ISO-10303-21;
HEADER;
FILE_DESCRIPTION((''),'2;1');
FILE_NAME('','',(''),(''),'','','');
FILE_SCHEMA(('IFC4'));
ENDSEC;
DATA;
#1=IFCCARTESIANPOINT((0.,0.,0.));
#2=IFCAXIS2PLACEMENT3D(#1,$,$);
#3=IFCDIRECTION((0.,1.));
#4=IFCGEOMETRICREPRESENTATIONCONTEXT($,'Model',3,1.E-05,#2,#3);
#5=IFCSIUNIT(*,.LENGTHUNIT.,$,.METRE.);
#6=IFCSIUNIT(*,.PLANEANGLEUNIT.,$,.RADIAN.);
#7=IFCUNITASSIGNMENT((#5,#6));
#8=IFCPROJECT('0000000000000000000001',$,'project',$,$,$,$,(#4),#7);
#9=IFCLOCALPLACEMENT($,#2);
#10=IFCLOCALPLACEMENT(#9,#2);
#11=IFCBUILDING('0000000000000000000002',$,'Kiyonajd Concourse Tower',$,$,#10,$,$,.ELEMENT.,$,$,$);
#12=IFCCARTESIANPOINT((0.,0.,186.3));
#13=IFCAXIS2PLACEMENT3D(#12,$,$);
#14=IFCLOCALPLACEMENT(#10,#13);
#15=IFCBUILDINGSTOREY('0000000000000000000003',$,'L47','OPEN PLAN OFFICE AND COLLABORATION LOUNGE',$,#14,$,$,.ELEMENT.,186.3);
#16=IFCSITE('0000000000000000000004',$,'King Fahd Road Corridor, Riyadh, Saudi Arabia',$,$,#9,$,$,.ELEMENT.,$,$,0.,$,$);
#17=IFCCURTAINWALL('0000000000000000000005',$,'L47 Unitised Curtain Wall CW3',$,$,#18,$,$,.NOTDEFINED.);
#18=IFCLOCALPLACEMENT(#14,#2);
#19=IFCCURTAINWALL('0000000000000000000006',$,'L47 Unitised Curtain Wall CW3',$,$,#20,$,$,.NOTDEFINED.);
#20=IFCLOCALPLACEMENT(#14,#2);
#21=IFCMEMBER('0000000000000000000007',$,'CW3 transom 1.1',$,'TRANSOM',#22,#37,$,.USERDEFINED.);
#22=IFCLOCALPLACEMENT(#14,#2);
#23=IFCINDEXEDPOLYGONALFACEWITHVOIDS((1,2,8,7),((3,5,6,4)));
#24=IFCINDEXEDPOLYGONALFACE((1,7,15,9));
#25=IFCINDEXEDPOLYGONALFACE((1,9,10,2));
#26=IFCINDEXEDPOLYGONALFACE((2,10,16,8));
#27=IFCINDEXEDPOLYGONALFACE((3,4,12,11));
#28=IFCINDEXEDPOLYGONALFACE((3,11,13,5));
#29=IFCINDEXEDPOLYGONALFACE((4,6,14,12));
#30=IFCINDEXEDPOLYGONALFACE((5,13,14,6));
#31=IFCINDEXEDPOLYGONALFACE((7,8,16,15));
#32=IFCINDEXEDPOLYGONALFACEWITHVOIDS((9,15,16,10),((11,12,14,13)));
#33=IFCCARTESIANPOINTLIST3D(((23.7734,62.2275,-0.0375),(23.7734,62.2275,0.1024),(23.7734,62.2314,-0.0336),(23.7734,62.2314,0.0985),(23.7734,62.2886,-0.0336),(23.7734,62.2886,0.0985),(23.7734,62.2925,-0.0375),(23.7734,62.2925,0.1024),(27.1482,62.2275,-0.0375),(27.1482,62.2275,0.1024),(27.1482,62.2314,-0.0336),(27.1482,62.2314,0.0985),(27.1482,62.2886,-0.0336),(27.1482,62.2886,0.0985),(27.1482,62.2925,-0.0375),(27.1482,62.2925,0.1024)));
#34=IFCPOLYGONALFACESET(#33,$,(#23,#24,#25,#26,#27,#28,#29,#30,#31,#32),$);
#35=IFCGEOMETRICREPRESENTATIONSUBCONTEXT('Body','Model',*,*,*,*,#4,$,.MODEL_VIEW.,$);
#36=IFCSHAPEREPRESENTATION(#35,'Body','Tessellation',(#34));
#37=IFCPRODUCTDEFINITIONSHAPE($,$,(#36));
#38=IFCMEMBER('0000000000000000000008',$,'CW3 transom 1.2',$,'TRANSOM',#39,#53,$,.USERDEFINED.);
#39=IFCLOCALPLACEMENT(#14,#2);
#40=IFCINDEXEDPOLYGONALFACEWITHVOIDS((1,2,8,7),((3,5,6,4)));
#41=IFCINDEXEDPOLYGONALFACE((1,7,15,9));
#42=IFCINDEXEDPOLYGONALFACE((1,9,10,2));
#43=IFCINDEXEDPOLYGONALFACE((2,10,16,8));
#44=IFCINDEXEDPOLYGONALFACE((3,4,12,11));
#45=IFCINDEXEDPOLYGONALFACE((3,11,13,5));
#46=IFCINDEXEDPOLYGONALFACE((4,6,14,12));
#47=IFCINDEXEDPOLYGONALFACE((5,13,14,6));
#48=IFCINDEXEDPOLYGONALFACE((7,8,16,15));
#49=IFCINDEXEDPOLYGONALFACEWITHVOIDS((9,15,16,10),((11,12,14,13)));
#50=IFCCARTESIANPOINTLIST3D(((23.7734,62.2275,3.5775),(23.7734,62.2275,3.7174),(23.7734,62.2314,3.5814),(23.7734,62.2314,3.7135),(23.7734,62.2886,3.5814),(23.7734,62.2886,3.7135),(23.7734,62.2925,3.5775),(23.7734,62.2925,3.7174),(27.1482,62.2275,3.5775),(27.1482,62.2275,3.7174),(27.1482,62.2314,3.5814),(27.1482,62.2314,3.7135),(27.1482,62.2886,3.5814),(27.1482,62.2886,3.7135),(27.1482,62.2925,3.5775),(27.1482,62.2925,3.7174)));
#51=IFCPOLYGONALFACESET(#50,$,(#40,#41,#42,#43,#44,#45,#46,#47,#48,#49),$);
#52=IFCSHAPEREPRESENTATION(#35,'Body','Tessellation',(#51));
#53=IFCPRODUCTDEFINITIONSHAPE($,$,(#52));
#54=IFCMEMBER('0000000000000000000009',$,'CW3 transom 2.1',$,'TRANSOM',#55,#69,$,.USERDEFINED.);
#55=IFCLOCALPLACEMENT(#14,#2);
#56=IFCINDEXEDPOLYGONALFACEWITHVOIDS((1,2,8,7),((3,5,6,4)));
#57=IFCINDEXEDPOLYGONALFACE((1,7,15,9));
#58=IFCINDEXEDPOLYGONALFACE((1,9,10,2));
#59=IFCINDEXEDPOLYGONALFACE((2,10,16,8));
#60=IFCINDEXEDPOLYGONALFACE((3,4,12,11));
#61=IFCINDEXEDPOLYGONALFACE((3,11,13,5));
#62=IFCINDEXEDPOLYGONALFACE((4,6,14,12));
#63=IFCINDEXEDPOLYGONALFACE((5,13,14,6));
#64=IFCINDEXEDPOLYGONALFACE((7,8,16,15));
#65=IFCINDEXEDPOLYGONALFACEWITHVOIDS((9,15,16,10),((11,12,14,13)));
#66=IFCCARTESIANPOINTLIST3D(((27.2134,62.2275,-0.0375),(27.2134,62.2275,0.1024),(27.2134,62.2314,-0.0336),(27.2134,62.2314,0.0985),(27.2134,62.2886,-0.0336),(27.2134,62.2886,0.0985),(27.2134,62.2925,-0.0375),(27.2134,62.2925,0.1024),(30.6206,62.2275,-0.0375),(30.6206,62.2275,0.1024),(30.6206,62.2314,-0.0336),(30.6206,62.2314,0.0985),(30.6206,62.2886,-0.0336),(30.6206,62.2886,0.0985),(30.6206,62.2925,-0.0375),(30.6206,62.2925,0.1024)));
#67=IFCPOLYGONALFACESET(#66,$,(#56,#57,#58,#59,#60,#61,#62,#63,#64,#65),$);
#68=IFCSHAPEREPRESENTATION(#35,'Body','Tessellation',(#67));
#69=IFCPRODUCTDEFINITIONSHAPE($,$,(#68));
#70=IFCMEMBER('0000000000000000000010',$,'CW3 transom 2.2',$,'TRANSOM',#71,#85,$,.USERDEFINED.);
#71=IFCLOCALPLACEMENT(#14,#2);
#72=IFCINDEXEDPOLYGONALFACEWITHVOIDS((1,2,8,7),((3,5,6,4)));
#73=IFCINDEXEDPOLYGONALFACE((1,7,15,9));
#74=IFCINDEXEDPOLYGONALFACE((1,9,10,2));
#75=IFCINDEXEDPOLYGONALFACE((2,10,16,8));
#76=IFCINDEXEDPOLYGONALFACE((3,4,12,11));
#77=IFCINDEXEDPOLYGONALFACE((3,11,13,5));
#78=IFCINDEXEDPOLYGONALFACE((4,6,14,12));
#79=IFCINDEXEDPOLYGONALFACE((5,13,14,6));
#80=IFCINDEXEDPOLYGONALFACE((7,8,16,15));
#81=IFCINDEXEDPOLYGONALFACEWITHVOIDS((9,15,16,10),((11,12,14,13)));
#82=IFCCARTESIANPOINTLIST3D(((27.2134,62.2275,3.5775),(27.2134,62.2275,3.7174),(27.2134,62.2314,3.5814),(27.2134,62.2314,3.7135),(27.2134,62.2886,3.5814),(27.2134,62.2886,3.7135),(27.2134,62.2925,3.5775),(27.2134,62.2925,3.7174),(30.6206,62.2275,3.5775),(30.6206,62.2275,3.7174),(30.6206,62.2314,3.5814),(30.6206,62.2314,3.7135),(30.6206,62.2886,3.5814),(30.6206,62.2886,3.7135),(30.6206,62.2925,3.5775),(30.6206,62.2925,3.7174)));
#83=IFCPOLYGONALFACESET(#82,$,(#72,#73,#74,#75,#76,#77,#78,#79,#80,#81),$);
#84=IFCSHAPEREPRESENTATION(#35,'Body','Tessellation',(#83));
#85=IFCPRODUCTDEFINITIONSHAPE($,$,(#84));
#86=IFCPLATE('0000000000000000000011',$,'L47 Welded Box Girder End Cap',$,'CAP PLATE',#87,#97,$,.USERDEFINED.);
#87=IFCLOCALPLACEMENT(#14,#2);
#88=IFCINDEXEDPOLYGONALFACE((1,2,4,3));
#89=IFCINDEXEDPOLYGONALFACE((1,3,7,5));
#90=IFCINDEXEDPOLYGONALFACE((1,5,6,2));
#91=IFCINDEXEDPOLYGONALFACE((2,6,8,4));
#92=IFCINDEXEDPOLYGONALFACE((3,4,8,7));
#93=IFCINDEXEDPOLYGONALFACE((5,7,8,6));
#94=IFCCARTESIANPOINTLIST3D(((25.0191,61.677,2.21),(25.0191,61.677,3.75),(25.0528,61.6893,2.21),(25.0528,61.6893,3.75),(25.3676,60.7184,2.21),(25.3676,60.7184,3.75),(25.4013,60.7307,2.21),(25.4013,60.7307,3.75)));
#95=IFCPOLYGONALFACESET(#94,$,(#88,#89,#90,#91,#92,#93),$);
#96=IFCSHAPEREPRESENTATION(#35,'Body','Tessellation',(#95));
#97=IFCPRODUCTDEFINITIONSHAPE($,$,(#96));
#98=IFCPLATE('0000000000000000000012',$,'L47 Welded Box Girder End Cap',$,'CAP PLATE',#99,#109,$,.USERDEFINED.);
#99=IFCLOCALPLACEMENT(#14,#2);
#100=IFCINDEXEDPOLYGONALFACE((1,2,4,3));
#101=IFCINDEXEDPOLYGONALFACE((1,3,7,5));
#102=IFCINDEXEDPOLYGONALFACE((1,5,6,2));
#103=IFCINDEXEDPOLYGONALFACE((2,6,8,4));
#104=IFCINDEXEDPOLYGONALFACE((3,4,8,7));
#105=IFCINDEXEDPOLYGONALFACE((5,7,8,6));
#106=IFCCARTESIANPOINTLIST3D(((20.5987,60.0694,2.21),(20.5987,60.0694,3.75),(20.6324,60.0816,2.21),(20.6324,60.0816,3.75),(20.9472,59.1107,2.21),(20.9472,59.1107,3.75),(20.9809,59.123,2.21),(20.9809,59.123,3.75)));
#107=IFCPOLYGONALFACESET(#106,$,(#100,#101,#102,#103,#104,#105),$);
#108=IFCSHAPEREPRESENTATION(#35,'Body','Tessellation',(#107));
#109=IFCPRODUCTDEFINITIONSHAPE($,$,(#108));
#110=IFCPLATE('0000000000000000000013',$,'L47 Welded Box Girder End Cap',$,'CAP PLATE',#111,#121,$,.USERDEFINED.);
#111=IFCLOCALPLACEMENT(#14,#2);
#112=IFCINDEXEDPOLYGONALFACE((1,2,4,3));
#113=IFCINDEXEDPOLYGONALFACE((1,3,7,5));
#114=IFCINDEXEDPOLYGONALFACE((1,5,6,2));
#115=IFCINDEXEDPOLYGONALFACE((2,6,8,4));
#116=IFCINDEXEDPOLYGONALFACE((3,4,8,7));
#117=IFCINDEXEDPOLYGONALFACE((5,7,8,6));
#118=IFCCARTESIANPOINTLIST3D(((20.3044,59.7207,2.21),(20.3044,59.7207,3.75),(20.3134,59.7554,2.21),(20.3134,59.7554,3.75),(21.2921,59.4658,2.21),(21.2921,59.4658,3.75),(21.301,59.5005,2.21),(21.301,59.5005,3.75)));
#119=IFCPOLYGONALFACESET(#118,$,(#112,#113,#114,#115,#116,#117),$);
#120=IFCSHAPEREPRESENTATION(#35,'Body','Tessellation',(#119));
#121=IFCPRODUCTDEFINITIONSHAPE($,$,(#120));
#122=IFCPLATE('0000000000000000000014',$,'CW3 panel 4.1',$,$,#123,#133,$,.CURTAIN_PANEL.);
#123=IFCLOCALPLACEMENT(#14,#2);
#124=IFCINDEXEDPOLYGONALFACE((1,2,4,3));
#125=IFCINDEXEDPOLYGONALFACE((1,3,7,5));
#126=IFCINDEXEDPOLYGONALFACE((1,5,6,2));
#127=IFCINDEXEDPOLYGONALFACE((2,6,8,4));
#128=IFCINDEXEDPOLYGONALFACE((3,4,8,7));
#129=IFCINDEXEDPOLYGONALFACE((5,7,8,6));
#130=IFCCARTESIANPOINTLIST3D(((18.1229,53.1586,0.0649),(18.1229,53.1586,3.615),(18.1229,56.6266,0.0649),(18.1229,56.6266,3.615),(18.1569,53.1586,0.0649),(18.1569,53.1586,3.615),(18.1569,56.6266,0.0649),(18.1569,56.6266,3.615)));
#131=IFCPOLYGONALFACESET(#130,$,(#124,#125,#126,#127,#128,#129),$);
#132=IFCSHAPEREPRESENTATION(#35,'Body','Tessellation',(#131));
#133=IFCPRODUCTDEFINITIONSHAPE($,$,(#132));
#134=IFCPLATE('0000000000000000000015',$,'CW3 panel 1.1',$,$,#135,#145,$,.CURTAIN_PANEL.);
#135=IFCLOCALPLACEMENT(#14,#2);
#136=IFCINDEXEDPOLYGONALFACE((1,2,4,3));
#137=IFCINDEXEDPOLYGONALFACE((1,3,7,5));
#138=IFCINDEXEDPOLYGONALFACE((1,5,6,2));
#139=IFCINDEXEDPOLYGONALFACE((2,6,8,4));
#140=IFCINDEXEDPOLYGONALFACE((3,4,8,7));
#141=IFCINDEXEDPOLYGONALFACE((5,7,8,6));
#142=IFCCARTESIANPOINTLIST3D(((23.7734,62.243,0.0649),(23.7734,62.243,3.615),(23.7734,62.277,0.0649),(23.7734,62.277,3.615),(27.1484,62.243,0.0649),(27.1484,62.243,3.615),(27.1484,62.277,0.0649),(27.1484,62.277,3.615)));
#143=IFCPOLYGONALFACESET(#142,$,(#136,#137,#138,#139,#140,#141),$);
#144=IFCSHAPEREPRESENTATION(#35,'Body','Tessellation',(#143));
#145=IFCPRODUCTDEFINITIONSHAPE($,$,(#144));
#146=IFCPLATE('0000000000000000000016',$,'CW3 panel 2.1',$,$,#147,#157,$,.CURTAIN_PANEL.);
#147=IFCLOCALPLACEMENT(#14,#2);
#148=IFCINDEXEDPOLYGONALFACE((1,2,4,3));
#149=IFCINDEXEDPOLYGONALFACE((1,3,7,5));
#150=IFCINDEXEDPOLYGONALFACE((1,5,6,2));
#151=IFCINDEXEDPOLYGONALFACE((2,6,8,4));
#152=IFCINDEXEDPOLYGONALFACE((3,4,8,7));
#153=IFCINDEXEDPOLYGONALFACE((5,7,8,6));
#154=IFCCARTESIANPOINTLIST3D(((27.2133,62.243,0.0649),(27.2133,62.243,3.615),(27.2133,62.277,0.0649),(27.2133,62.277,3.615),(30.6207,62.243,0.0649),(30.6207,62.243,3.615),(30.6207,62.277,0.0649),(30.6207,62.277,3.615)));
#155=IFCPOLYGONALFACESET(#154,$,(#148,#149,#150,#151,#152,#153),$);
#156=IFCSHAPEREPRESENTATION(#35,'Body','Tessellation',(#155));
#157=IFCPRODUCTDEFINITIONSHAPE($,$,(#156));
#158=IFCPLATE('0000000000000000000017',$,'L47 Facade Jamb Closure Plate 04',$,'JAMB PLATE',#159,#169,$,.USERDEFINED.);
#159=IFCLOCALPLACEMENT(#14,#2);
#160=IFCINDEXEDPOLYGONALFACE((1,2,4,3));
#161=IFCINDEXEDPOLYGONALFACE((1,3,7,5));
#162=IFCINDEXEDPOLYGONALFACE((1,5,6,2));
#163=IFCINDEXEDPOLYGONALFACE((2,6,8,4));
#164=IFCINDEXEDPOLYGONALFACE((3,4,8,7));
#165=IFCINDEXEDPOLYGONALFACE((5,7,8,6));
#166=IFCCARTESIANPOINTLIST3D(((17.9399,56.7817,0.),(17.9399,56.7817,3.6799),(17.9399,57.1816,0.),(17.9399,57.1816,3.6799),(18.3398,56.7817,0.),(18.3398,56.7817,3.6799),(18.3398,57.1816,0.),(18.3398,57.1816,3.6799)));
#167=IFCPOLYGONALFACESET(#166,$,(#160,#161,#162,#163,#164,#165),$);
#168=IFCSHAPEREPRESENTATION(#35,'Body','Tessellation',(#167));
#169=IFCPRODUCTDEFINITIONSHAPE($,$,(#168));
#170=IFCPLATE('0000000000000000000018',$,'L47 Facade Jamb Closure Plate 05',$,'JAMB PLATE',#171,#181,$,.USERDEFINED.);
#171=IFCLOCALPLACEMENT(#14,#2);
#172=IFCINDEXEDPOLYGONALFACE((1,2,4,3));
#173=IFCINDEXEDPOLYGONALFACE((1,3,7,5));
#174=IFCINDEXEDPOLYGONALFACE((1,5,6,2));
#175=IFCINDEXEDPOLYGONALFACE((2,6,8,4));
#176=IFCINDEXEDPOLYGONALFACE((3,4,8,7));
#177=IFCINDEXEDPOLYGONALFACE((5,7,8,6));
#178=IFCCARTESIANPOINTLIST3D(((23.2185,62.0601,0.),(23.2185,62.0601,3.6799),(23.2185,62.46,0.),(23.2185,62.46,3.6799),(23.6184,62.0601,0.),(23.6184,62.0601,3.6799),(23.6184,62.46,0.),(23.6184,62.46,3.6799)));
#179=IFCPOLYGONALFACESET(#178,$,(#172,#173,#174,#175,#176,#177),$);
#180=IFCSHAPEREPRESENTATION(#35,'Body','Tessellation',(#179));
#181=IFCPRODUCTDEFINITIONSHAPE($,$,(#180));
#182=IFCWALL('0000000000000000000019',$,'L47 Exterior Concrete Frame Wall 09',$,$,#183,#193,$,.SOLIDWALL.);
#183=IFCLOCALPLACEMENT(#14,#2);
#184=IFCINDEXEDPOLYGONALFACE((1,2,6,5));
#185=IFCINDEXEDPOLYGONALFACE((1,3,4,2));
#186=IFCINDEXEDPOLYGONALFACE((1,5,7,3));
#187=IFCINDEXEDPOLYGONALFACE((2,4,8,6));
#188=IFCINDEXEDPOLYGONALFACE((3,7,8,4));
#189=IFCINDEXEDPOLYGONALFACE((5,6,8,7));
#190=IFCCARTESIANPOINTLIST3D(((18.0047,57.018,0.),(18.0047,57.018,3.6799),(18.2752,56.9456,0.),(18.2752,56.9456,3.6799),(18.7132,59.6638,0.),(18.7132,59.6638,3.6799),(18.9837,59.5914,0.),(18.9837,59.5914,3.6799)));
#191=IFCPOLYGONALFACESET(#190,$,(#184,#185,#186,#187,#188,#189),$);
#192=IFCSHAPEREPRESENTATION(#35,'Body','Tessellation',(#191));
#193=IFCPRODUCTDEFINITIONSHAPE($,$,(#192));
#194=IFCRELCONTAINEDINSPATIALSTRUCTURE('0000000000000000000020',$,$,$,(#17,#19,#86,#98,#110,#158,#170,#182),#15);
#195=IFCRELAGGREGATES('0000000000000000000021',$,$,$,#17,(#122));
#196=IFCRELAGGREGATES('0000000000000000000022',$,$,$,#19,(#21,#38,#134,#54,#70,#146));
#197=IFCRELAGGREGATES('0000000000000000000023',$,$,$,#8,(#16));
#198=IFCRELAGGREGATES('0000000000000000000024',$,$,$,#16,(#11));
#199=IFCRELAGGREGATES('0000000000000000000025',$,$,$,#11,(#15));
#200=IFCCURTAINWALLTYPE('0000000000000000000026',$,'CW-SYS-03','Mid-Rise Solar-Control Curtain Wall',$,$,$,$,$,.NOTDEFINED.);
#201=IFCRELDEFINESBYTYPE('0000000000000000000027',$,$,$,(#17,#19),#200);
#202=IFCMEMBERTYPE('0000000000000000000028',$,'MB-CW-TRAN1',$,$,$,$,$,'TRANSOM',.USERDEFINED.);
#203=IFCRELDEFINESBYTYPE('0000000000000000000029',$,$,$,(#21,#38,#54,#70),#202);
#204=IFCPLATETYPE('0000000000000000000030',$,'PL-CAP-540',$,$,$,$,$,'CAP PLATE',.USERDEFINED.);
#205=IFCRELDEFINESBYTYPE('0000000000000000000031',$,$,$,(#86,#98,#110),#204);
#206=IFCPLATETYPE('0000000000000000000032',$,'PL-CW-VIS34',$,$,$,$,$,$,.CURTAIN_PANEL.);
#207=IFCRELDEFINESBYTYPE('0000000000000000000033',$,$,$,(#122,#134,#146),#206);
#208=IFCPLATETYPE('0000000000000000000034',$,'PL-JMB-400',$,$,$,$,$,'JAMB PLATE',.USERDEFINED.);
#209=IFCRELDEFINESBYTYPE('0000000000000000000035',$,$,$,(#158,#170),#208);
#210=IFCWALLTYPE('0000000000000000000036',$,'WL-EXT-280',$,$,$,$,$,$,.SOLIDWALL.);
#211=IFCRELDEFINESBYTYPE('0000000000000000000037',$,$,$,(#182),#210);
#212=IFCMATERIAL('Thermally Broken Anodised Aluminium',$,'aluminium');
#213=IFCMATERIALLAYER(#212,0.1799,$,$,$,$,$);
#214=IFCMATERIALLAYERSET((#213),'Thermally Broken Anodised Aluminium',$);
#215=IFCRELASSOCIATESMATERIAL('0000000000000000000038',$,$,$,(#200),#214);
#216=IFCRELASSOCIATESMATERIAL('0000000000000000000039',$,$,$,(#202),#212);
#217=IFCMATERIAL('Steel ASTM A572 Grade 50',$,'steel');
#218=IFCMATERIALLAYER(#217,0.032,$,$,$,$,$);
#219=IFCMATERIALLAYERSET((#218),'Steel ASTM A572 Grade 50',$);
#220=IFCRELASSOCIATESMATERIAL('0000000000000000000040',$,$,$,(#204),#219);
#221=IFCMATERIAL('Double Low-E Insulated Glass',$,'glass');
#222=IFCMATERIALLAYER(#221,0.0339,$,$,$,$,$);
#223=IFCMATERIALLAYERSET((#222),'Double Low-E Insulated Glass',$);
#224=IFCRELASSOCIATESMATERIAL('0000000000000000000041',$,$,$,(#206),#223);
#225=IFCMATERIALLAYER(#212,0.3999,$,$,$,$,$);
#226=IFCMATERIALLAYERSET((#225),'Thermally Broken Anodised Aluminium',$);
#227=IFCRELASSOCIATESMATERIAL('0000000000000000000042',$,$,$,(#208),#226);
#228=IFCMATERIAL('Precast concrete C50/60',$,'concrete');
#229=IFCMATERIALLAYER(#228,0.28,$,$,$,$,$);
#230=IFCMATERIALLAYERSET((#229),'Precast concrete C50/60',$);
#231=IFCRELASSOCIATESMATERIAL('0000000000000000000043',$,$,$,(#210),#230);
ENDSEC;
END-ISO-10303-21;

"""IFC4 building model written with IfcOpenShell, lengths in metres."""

from ifc_helpers import new_model, si_unit, direction, frame, frame_2d, origin, origin_2d, place, context, subcontext, project, spatial, rectangle, hollow_rectangle, extrude, material, layer, layer_set, material_profile, profile_set, type_object, element, aggregate, save


model = new_model("IFC4")

# Units and contexts
model_context = context("Model", 3, precision=1e-05, world=origin(), true_north=direction((0.0, 1.0)))
body_context = subcontext(model_context, "Body", "Model", "MODEL_VIEW")
ifc_project = project(units=[si_unit("LENGTHUNIT", "METRE"), si_unit("PLANEANGLEUNIT", "RADIAN")], contexts=[model_context])

# Site, building, storey
site_placement = place(None, origin())
site = spatial("IfcSite", under=ifc_project, at=site_placement, Name="King Fahd Road Corridor, Riyadh, Saudi Arabia", CompositionType="ELEMENT", RefElevation=0.0)
building_placement = place(site_placement, origin())
building = spatial("IfcBuilding", under=site, at=building_placement, Name="Kiyonajd Concourse Tower", CompositionType="ELEMENT")
storey_placement = place(building_placement, frame((0.0, 0.0, 186.3)))
storey = spatial("IfcBuildingStorey", under=building, at=storey_placement, Name="L47", Description="OPEN PLAN OFFICE AND COLLABORATION LOUNGE", CompositionType="ELEMENT", Elevation=186.3)

# Shared definitions
ifc_material_1 = material(Name="Steel ASTM A572 Grade 50", Category="steel")

# Curtain wall
ifc_material_2 = material(Name="Thermally Broken Anodised Aluminium", Category="aluminium")
ifc_layer_1 = layer(ifc_material_2, 0.1799)
ifc_layer_set_1 = layer_set([ifc_layer_1], Name="Thermally Broken Anodised Aluminium")
curtain_wall_type = type_object("IfcCurtainWallType", Name="CW-SYS-03", Description="Mid-Rise Solar-Control Curtain Wall", PredefinedType="NOTDEFINED", material=ifc_layer_set_1)
curtain_wall_1_placement = place(storey_placement, origin())
curtain_wall_1 = element("IfcCurtainWall", 1, at=curtain_wall_1_placement, inside=storey, type_object=curtain_wall_type, Name="L47 Unitised Curtain Wall CW3", PredefinedType="NOTDEFINED")

# Curtain wall, members
curtain_wall_2_placement = place(storey_placement, origin())
curtain_wall_2 = element("IfcCurtainWall", 2, at=curtain_wall_2_placement, inside=storey, type_object=curtain_wall_type, Name="L47 Unitised Curtain Wall CW3", PredefinedType="NOTDEFINED")
ifc_material_profile_1 = material_profile(ifc_material_2, hollow_rectangle(XDim=0.0649, YDim=0.1399, WallThickness=0.0039, at=origin_2d()), Name="TRAN-65x140")
ifc_profile_set_1 = profile_set([ifc_material_profile_1], Name="Thermally Broken Anodised Aluminium")
member_type_1 = type_object("IfcMemberType", Name="MB-CW-TRAN1", ElementType="TRANSOM", PredefinedType="USERDEFINED", material=ifc_profile_set_1)
member_1_placement = place(storey_placement, frame((23.7734, 62.26, 0.0325), z_axis=(1.0, 0.0, 0.0), x_axis=(0.0, 1.0, 0.0)))
member_1 = element("IfcMember", 3, at=member_1_placement, type_object=member_type_1, Name="CW3 transom 1.1", ObjectType="TRANSOM", PredefinedType="USERDEFINED", context=body_context, shape_type="SweptSolid", body=[
    extrude(hollow_rectangle(XDim=0.0649, YDim=0.1399, WallThickness=0.0039, at=origin_2d()), origin(), (0.0, 0.0, 1.0), 3.3748),
])
member_2_placement = place(storey_placement, frame((23.7734, 62.26, 3.6475), z_axis=(1.0, 0.0, 0.0), x_axis=(0.0, 1.0, 0.0)))
member_2 = element("IfcMember", 4, at=member_2_placement, type_object=member_type_1, Name="CW3 transom 1.2", ObjectType="TRANSOM", PredefinedType="USERDEFINED", context=body_context, shape_type="SweptSolid", body=[
    extrude(hollow_rectangle(XDim=0.0649, YDim=0.1399, WallThickness=0.0039, at=origin_2d()), origin(), (0.0, 0.0, 1.0), 3.3748),
])
member_3_placement = place(storey_placement, frame((27.2134, 62.26, 0.0325), z_axis=(1.0, 0.0, 0.0), x_axis=(0.0, 1.0, 0.0)))
member_3 = element("IfcMember", 5, at=member_3_placement, type_object=member_type_1, Name="CW3 transom 2.1", ObjectType="TRANSOM", PredefinedType="USERDEFINED", context=body_context, shape_type="SweptSolid", body=[
    extrude(hollow_rectangle(XDim=0.0649, YDim=0.1399, WallThickness=0.0039, at=origin_2d()), origin(), (0.0, 0.0, 1.0), 3.4072),
])
member_4_placement = place(storey_placement, frame((27.2134, 62.26, 3.6475), z_axis=(1.0, 0.0, 0.0), x_axis=(0.0, 1.0, 0.0)))
member_4 = element("IfcMember", 6, at=member_4_placement, type_object=member_type_1, Name="CW3 transom 2.2", ObjectType="TRANSOM", PredefinedType="USERDEFINED", context=body_context, shape_type="SweptSolid", body=[
    extrude(hollow_rectangle(XDim=0.0649, YDim=0.1399, WallThickness=0.0039, at=origin_2d()), origin(), (0.0, 0.0, 1.0), 3.4072),
])

# Plates
ifc_layer_2 = layer(ifc_material_1, 0.032)
ifc_layer_set_2 = layer_set([ifc_layer_2], Name="Steel ASTM A572 Grade 50")
plate_type_1 = type_object("IfcPlateType", Name="PL-CAP-540", ElementType="CAP PLATE", PredefinedType="USERDEFINED", material=ifc_layer_set_2)
for number, where, z_axis, x_axis, name in (
    (7, (25.2102, 61.2039, 2.21), (0.0, 0.0, 1.0), (0.939812, 0.341692, 0.0), "L47 Welded Box Girder End Cap"),
    (8, (20.7898, 59.5962, 2.21), (0.0, 0.0, 1.0), (-0.939812, -0.341692, 0.0), "L47 Welded Box Girder End Cap"),
    (9, (20.8027, 59.6106, 2.21), (0.0, 0.0, 1.0), (0.249873, 0.968279, 0.0), "L47 Welded Box Girder End Cap"),
):
    element("IfcPlate", number, at=place(storey_placement, frame(where, z_axis=z_axis, x_axis=x_axis)), inside=storey, type_object=plate_type_1, Name=name, ObjectType="CAP PLATE", PredefinedType="USERDEFINED", context=body_context, shape_type="SweptSolid", body=[
        extrude(rectangle(XDim=0.0359, YDim=1.02, at=origin_2d()), origin(), (0.0, 0.0, 1.0), 1.54),
    ])

# Plates
ifc_material_3 = material(Name="Double Low-E Insulated Glass", Category="glass")
ifc_layer_3 = layer(ifc_material_3, 0.0339)
ifc_layer_set_3 = layer_set([ifc_layer_3], Name="Double Low-E Insulated Glass")
plate_type_2 = type_object("IfcPlateType", Name="PL-CW-VIS34", PredefinedType="CURTAIN_PANEL", material=ifc_layer_set_3)
plate_1_placement = place(storey_placement, frame((18.1399, 54.8926, 0.0649), z_axis=(0.0, 0.0, 1.0), x_axis=(0.0, 1.0, 0.0)))
plate_1 = element("IfcPlate", 10, at=plate_1_placement, type_object=plate_type_2, Name="CW3 panel 4.1", PredefinedType="CURTAIN_PANEL", context=body_context, shape_type="SweptSolid", body=[
    extrude(rectangle(XDim=3.468, YDim=0.0339, at=origin_2d()), origin(), (0.0, 0.0, 1.0), 3.55),
])
aggregate(curtain_wall_1, [plate_1])
plate_2_placement = place(storey_placement, frame((25.4609, 62.26, 0.0649), z_axis=(0.0, 0.0, 1.0), x_axis=(1.0, 0.0, 0.0)))
plate_2 = element("IfcPlate", 11, at=plate_2_placement, type_object=plate_type_2, Name="CW3 panel 1.1", PredefinedType="CURTAIN_PANEL", context=body_context, shape_type="SweptSolid", body=[
    extrude(rectangle(XDim=3.375, YDim=0.0339, at=origin_2d()), origin(), (0.0, 0.0, 1.0), 3.55),
])
plate_3_placement = place(storey_placement, frame((28.917, 62.26, 0.0649), z_axis=(0.0, 0.0, 1.0), x_axis=(1.0, 0.0, 0.0)))
plate_3 = element("IfcPlate", 12, at=plate_3_placement, type_object=plate_type_2, Name="CW3 panel 2.1", PredefinedType="CURTAIN_PANEL", context=body_context, shape_type="SweptSolid", body=[
    extrude(rectangle(XDim=3.4075, YDim=0.0339, at=origin_2d()), origin(), (0.0, 0.0, 1.0), 3.55),
])
aggregate(curtain_wall_2, [member_1, member_2, plate_2, member_3, member_4, plate_3])

# Plates
ifc_layer_4 = layer(ifc_material_2, 0.3999)
ifc_layer_set_4 = layer_set([ifc_layer_4], Name="Thermally Broken Anodised Aluminium")
plate_type_3 = type_object("IfcPlateType", Name="PL-JMB-400", ElementType="JAMB PLATE", PredefinedType="USERDEFINED", material=ifc_layer_set_4)
for number, where, z_axis, x_axis, name in (
    (13, (18.1399, 56.9817, 0.0), (0.0, 0.0, 1.0), (1.0, 0.0, 0.0), "L47 Facade Jamb Closure Plate 04"),
    (14, (23.4185, 62.26, 0.0), (0.0, 0.0, 1.0), (1.0, 0.0, 0.0), "L47 Facade Jamb Closure Plate 05"),
):
    element("IfcPlate", number, at=place(storey_placement, frame(where, z_axis=z_axis, x_axis=x_axis)), inside=storey, type_object=plate_type_3, Name=name, ObjectType="JAMB PLATE", PredefinedType="USERDEFINED", context=body_context, shape_type="SweptSolid", body=[
        extrude(rectangle(XDim=0.3999, YDim=0.3999, at=origin_2d()), origin(), (0.0, 0.0, 1.0), 3.6799),
    ])

# Wall
ifc_material_4 = material(Name="Precast concrete C50/60", Category="concrete")
ifc_layer_5 = layer(ifc_material_4, 0.28)
ifc_layer_set_5 = layer_set([ifc_layer_5], Name="Precast concrete C50/60")
wall_type = type_object("IfcWallType", Name="WL-EXT-280", PredefinedType="SOLIDWALL", material=ifc_layer_set_5)
wall_1_placement = place(storey_placement, frame((18.1399, 56.9817, 0.0), z_axis=(0.0, 0.0, 1.0), x_axis=(0.258672, 0.965965, 0.0)))
element("IfcWall", 15, at=wall_1_placement, inside=storey, type_object=wall_type, Name="L47 Exterior Concrete Frame Wall 09", PredefinedType="SOLIDWALL", context=body_context, shape_type="SweptSolid", body=[
    extrude(rectangle(XDim=2.739, YDim=0.28, at=frame_2d((1.3696, 0.0))), origin(), (0.0, 0.0, 1.0), 3.6799),
])

save(model, "model.ifc")
